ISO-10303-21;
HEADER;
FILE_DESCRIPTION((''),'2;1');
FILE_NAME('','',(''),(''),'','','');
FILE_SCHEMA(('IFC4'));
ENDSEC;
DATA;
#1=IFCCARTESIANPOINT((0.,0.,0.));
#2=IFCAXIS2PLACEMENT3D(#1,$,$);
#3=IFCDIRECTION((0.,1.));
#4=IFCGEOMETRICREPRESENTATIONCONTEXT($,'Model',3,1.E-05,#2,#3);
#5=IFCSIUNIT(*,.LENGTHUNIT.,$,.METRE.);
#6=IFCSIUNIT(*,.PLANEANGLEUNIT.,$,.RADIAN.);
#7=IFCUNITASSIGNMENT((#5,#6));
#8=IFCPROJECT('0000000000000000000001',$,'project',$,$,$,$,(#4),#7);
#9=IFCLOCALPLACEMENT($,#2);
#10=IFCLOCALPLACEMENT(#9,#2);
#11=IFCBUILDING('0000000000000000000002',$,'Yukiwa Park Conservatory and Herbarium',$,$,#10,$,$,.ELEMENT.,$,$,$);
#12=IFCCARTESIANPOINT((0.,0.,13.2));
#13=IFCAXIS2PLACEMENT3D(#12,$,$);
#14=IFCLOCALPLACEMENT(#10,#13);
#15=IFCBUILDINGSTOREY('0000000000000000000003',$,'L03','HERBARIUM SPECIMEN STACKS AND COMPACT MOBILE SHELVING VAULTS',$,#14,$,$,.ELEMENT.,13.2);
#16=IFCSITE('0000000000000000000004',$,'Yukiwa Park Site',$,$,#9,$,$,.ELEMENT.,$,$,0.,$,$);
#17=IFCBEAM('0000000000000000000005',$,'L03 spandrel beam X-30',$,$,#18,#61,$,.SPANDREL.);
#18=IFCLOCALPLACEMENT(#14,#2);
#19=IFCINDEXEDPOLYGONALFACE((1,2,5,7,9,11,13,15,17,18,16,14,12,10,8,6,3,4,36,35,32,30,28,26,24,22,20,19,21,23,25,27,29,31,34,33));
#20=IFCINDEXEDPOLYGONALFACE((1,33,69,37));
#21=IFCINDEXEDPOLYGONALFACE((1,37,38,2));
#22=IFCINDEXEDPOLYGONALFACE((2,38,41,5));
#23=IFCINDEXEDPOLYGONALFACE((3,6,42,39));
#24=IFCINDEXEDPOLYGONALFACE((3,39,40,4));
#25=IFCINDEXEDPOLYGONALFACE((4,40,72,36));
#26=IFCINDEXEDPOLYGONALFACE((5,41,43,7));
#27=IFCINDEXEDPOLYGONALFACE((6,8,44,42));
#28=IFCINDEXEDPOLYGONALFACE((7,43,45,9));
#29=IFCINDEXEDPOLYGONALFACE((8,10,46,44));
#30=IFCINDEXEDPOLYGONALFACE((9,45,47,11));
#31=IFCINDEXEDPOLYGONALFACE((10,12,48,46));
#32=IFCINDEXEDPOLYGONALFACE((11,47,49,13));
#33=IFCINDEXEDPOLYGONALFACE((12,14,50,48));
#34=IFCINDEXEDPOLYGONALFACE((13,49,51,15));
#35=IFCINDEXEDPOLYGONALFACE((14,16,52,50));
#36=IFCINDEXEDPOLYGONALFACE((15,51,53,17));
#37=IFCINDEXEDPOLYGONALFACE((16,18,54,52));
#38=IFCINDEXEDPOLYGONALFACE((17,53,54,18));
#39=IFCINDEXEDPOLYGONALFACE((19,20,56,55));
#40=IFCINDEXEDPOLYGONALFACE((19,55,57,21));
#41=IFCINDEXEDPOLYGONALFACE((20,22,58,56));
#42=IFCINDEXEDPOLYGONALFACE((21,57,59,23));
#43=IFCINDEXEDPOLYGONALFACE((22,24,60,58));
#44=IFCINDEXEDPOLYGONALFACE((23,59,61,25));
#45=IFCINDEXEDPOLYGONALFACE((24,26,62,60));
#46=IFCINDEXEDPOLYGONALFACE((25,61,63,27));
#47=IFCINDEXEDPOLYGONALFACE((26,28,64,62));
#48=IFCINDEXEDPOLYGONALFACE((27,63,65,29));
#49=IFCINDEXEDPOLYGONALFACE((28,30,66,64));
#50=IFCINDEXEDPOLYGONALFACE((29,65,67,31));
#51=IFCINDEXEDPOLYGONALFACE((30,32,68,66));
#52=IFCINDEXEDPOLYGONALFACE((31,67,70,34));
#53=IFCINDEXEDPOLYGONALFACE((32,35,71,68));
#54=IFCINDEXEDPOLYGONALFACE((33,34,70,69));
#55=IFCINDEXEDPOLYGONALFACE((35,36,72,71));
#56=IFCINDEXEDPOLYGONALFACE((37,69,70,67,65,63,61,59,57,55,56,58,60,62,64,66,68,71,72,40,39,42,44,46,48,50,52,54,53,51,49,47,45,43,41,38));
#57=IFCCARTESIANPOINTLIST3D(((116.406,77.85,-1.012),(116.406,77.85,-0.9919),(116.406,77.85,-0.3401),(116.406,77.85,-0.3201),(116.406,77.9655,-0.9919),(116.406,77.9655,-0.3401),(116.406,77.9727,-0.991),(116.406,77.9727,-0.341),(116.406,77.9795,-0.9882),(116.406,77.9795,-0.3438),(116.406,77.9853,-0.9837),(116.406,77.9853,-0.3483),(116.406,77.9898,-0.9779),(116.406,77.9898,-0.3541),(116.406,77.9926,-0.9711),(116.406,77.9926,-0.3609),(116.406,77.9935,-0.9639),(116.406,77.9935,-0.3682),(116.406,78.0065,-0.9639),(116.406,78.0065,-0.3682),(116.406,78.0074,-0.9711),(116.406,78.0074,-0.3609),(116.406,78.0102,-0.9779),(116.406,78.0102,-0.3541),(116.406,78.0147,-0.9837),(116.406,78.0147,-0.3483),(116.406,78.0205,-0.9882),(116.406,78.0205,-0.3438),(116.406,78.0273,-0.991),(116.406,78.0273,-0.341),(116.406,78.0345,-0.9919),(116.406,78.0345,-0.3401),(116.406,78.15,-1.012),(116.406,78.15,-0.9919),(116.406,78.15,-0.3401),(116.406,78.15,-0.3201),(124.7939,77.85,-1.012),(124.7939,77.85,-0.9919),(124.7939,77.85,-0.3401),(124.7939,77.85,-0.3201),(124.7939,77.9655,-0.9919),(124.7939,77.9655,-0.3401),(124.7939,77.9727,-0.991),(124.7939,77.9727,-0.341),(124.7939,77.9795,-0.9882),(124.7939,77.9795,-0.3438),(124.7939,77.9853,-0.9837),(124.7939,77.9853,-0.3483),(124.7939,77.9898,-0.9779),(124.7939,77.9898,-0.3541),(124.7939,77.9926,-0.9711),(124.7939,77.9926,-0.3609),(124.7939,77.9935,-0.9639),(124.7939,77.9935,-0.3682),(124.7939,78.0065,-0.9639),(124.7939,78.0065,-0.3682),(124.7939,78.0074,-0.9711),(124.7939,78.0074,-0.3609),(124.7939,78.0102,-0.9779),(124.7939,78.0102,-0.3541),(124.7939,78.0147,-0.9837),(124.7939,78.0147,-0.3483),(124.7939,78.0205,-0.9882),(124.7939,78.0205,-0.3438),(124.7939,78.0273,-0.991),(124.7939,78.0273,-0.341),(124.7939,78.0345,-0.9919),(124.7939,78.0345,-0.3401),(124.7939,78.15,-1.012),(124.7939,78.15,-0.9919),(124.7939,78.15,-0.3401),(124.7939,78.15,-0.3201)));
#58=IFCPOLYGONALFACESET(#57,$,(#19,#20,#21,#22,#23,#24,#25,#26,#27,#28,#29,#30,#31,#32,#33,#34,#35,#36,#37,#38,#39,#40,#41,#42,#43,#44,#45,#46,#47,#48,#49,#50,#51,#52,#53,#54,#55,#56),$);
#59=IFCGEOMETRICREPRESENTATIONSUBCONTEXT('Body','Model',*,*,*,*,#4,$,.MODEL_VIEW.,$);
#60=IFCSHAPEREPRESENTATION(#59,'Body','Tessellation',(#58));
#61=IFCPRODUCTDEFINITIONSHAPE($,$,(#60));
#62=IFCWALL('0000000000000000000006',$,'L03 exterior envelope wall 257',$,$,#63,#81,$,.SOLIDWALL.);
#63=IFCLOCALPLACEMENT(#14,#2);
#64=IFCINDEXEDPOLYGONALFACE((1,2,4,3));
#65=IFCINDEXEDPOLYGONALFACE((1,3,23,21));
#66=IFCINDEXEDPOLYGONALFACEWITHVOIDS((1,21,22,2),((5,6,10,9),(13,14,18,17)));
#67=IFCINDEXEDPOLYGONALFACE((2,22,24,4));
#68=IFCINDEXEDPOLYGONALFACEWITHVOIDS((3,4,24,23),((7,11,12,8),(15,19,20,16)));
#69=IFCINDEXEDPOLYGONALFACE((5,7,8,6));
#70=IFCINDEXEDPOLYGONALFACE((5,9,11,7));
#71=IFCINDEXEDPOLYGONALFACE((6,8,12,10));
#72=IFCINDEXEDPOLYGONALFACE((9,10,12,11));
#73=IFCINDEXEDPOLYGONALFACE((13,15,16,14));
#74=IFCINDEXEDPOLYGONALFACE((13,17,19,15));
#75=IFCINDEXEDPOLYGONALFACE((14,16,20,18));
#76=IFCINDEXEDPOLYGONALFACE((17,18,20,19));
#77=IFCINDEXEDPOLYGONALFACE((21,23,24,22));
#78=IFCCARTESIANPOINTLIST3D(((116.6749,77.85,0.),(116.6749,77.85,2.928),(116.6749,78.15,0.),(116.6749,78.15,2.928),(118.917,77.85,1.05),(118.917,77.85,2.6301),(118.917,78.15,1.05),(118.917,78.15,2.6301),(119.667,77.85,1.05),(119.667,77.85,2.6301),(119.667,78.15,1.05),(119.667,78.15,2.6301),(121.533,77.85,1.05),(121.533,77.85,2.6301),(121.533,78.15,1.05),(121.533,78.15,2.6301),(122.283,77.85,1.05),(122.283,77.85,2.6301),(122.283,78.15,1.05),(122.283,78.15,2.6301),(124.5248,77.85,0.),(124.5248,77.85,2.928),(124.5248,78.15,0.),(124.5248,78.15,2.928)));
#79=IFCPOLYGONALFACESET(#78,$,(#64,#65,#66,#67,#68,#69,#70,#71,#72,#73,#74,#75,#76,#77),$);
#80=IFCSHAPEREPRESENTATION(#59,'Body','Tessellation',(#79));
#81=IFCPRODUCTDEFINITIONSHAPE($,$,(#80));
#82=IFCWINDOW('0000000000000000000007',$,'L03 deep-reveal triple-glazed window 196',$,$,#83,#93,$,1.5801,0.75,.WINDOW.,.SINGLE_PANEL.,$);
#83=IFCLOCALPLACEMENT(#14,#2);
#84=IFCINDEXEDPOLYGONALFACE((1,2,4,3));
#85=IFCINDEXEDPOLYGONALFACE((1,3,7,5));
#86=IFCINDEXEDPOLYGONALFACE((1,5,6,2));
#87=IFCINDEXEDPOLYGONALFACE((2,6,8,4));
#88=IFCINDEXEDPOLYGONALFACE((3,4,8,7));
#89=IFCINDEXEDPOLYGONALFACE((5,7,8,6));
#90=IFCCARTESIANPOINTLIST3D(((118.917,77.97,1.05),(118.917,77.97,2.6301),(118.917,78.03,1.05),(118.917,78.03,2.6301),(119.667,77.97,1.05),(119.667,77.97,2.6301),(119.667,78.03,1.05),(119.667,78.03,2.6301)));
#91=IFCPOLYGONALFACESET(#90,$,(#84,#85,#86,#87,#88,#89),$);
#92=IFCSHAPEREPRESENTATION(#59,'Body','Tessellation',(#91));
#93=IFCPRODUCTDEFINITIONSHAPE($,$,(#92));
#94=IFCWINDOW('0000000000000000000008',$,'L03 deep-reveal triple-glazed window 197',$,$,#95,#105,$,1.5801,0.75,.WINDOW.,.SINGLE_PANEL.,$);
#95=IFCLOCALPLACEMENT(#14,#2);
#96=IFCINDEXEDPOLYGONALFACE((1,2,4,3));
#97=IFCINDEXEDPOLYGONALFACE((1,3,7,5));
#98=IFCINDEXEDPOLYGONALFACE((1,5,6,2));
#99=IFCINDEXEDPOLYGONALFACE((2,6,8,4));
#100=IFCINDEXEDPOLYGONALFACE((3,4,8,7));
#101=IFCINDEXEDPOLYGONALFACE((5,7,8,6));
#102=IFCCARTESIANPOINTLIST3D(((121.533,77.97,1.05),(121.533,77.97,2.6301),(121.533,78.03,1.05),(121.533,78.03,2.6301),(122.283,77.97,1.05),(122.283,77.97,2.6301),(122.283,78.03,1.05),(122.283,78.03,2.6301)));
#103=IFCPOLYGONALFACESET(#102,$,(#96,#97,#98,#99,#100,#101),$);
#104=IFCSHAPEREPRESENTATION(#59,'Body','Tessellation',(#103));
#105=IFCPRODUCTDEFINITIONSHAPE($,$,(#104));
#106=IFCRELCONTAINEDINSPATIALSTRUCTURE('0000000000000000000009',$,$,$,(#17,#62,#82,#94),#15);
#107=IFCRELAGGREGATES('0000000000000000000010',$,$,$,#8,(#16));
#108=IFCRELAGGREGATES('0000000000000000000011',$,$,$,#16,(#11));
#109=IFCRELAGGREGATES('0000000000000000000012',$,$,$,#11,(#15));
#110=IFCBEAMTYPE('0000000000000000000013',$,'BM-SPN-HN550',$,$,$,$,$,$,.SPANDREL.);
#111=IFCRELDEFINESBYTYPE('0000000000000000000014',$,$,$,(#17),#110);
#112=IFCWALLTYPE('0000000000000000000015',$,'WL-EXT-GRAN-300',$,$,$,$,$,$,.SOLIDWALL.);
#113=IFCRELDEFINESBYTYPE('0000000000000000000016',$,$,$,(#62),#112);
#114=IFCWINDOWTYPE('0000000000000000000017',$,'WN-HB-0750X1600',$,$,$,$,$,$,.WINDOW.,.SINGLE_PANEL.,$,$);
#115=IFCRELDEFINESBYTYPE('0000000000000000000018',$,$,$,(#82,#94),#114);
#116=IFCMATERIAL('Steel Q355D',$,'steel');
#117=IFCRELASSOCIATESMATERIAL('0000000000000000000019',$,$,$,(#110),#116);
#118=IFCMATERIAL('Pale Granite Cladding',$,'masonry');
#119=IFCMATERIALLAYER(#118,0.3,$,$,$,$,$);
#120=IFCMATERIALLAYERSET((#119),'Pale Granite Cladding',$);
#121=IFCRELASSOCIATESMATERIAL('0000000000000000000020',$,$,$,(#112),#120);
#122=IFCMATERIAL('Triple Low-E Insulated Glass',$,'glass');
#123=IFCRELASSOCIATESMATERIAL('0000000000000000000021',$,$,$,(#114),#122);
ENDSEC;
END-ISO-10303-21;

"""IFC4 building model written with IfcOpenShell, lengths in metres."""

from ifc_helpers import new_model, si_unit, direction, frame, frame_2d, origin, origin_2d, place, context, subcontext, project, spatial, rectangle, i_section, extrude, material, layer, layer_set, material_profile, profile_set, type_object, element, fill, save


model = new_model("IFC4")

# Units and contexts
model_context = context("Model", 3, precision=1e-05, world=origin(), true_north=direction((0.0, 1.0)))
body_context = subcontext(model_context, "Body", "Model", "MODEL_VIEW")
ifc_project = project(units=[si_unit("LENGTHUNIT", "METRE"), si_unit("PLANEANGLEUNIT", "RADIAN")], contexts=[model_context])

# Site, building, storey
site_placement = place(None, origin())
site = spatial("IfcSite", under=ifc_project, at=site_placement, Name="Yukiwa Park Site", CompositionType="ELEMENT", RefElevation=0.0)
building_placement = place(site_placement, origin())
building = spatial("IfcBuilding", under=site, at=building_placement, Name="Yukiwa Park Conservatory and Herbarium", CompositionType="ELEMENT")
storey_placement = place(building_placement, frame((0.0, 0.0, 13.2)))
storey = spatial("IfcBuildingStorey", under=building, at=storey_placement, Name="L03", Description="HERBARIUM SPECIMEN STACKS AND COMPACT MOBILE SHELVING VAULTS", CompositionType="ELEMENT", Elevation=13.2)

# Beam
ifc_material_1 = material(Name="Steel Q355D", Category="steel")
ifc_material_profile_1 = material_profile(ifc_material_1, i_section(OverallWidth=0.3, OverallDepth=0.6919, WebThickness=0.0129, FlangeThickness=0.02, FilletRadius=0.0281, at=origin_2d()), Name="HN 692x300x13x20")
ifc_profile_set_1 = profile_set([ifc_material_profile_1], Name="Steel Q355D")
beam_type_1 = type_object("IfcBeamType", Name="BM-SPN-HN550", PredefinedType="SPANDREL", material=ifc_profile_set_1)
beam_1_placement = place(storey_placement, frame((116.406, 78.0, -0.666), z_axis=(1.0, 0.0, 0.0), x_axis=(0.0, 1.0, 0.0)))
element("IfcBeam", 1, at=beam_1_placement, inside=storey, type_object=beam_type_1, Name="L03 spandrel beam X-30", PredefinedType="SPANDREL", context=body_context, shape_type="SweptSolid", body=[
    extrude(i_section(OverallWidth=0.3, OverallDepth=0.6919, WebThickness=0.0129, FlangeThickness=0.02, FilletRadius=0.0281, at=origin_2d()), origin(), (0.0, 0.0, 1.0), 8.3879),
])

# Wall, openings, windows
ifc_material_2 = material(Name="Pale Granite Cladding", Category="masonry")
ifc_layer = layer(ifc_material_2, 0.3)
ifc_layer_set = layer_set([ifc_layer], Name="Pale Granite Cladding")
wall_type = type_object("IfcWallType", Name="WL-EXT-GRAN-300", PredefinedType="SOLIDWALL", material=ifc_layer_set)
wall_placement = place(storey_placement, frame((116.675, 78.0, 0.0), z_axis=(0.0, 0.0, 1.0), x_axis=(1.0, 0.0, 0.0)))
wall = element("IfcWall", 2, at=wall_placement, inside=storey, type_object=wall_type, Name="L03 exterior envelope wall 257", PredefinedType="SOLIDWALL", context=body_context, shape_type="SweptSolid", body=[
    extrude(rectangle(XDim=7.8499, YDim=0.3, at=frame_2d((3.9248, 0.0))), origin(), (0.0, 0.0, 1.0), 2.928),
])
opening_1_placement = place(wall_placement, frame((2.2419, 0.0, 1.05)))
opening_1 = element("IfcOpeningElement", 3, at=opening_1_placement, cuts=wall, PredefinedType="OPENING", context=body_context, shape_type="SweptSolid", body=[
    extrude(rectangle(XDim=0.75, YDim=1.5801, at=frame_2d((0.375, 0.79))), frame((0.0, 0.1602, 0.0), z_axis=(0.0, -1.0, 0.0), x_axis=(1.0, 0.0, 0.0)), (0.0, 0.0, 1.0), 0.3201),
])
opening_2_placement = place(wall_placement, frame((4.8579, 0.0, 1.05)))
opening_2 = element("IfcOpeningElement", 4, at=opening_2_placement, cuts=wall, PredefinedType="OPENING", context=body_context, shape_type="SweptSolid", body=[
    extrude(rectangle(XDim=0.75, YDim=1.5801, at=frame_2d((0.375, 0.79))), frame((0.0, 0.1602, 0.0), z_axis=(0.0, -1.0, 0.0), x_axis=(1.0, 0.0, 0.0)), (0.0, 0.0, 1.0), 0.3201),
])
ifc_material_3 = material(Name="Triple Low-E Insulated Glass", Category="glass")
window_type = type_object("IfcWindowType", Name="WN-HB-0750X1600", PartitioningType="SINGLE_PANEL", PredefinedType="WINDOW", material=ifc_material_3)
window_1_placement = place(opening_1_placement, origin())
window_1 = element("IfcWindow", 5, at=window_1_placement, inside=storey, type_object=window_type, Name="L03 deep-reveal triple-glazed window 196", OverallHeight=1.5801, OverallWidth=0.75, PartitioningType="SINGLE_PANEL", PredefinedType="WINDOW", context=body_context, shape_type="SweptSolid", body=[
    extrude(rectangle(XDim=0.75, YDim=1.5801, at=frame_2d((0.375, 0.79))), frame((0.0, 0.03, 0.0), z_axis=(0.0, -1.0, 0.0), x_axis=(1.0, 0.0, 0.0)), (0.0, 0.0, 1.0), 0.0601),
])
fill(opening_1, window_1)
window_2_placement = place(opening_2_placement, origin())
window_2 = element("IfcWindow", 6, at=window_2_placement, inside=storey, type_object=window_type, Name="L03 deep-reveal triple-glazed window 197", OverallHeight=1.5801, OverallWidth=0.75, PartitioningType="SINGLE_PANEL", PredefinedType="WINDOW", context=body_context, shape_type="SweptSolid", body=[
    extrude(rectangle(XDim=0.75, YDim=1.5801, at=frame_2d((0.375, 0.79))), frame((0.0, 0.03, 0.0), z_axis=(0.0, -1.0, 0.0), x_axis=(1.0, 0.0, 0.0)), (0.0, 0.0, 1.0), 0.0601),
])
fill(opening_2, window_2)

save(model, "model.ifc")
